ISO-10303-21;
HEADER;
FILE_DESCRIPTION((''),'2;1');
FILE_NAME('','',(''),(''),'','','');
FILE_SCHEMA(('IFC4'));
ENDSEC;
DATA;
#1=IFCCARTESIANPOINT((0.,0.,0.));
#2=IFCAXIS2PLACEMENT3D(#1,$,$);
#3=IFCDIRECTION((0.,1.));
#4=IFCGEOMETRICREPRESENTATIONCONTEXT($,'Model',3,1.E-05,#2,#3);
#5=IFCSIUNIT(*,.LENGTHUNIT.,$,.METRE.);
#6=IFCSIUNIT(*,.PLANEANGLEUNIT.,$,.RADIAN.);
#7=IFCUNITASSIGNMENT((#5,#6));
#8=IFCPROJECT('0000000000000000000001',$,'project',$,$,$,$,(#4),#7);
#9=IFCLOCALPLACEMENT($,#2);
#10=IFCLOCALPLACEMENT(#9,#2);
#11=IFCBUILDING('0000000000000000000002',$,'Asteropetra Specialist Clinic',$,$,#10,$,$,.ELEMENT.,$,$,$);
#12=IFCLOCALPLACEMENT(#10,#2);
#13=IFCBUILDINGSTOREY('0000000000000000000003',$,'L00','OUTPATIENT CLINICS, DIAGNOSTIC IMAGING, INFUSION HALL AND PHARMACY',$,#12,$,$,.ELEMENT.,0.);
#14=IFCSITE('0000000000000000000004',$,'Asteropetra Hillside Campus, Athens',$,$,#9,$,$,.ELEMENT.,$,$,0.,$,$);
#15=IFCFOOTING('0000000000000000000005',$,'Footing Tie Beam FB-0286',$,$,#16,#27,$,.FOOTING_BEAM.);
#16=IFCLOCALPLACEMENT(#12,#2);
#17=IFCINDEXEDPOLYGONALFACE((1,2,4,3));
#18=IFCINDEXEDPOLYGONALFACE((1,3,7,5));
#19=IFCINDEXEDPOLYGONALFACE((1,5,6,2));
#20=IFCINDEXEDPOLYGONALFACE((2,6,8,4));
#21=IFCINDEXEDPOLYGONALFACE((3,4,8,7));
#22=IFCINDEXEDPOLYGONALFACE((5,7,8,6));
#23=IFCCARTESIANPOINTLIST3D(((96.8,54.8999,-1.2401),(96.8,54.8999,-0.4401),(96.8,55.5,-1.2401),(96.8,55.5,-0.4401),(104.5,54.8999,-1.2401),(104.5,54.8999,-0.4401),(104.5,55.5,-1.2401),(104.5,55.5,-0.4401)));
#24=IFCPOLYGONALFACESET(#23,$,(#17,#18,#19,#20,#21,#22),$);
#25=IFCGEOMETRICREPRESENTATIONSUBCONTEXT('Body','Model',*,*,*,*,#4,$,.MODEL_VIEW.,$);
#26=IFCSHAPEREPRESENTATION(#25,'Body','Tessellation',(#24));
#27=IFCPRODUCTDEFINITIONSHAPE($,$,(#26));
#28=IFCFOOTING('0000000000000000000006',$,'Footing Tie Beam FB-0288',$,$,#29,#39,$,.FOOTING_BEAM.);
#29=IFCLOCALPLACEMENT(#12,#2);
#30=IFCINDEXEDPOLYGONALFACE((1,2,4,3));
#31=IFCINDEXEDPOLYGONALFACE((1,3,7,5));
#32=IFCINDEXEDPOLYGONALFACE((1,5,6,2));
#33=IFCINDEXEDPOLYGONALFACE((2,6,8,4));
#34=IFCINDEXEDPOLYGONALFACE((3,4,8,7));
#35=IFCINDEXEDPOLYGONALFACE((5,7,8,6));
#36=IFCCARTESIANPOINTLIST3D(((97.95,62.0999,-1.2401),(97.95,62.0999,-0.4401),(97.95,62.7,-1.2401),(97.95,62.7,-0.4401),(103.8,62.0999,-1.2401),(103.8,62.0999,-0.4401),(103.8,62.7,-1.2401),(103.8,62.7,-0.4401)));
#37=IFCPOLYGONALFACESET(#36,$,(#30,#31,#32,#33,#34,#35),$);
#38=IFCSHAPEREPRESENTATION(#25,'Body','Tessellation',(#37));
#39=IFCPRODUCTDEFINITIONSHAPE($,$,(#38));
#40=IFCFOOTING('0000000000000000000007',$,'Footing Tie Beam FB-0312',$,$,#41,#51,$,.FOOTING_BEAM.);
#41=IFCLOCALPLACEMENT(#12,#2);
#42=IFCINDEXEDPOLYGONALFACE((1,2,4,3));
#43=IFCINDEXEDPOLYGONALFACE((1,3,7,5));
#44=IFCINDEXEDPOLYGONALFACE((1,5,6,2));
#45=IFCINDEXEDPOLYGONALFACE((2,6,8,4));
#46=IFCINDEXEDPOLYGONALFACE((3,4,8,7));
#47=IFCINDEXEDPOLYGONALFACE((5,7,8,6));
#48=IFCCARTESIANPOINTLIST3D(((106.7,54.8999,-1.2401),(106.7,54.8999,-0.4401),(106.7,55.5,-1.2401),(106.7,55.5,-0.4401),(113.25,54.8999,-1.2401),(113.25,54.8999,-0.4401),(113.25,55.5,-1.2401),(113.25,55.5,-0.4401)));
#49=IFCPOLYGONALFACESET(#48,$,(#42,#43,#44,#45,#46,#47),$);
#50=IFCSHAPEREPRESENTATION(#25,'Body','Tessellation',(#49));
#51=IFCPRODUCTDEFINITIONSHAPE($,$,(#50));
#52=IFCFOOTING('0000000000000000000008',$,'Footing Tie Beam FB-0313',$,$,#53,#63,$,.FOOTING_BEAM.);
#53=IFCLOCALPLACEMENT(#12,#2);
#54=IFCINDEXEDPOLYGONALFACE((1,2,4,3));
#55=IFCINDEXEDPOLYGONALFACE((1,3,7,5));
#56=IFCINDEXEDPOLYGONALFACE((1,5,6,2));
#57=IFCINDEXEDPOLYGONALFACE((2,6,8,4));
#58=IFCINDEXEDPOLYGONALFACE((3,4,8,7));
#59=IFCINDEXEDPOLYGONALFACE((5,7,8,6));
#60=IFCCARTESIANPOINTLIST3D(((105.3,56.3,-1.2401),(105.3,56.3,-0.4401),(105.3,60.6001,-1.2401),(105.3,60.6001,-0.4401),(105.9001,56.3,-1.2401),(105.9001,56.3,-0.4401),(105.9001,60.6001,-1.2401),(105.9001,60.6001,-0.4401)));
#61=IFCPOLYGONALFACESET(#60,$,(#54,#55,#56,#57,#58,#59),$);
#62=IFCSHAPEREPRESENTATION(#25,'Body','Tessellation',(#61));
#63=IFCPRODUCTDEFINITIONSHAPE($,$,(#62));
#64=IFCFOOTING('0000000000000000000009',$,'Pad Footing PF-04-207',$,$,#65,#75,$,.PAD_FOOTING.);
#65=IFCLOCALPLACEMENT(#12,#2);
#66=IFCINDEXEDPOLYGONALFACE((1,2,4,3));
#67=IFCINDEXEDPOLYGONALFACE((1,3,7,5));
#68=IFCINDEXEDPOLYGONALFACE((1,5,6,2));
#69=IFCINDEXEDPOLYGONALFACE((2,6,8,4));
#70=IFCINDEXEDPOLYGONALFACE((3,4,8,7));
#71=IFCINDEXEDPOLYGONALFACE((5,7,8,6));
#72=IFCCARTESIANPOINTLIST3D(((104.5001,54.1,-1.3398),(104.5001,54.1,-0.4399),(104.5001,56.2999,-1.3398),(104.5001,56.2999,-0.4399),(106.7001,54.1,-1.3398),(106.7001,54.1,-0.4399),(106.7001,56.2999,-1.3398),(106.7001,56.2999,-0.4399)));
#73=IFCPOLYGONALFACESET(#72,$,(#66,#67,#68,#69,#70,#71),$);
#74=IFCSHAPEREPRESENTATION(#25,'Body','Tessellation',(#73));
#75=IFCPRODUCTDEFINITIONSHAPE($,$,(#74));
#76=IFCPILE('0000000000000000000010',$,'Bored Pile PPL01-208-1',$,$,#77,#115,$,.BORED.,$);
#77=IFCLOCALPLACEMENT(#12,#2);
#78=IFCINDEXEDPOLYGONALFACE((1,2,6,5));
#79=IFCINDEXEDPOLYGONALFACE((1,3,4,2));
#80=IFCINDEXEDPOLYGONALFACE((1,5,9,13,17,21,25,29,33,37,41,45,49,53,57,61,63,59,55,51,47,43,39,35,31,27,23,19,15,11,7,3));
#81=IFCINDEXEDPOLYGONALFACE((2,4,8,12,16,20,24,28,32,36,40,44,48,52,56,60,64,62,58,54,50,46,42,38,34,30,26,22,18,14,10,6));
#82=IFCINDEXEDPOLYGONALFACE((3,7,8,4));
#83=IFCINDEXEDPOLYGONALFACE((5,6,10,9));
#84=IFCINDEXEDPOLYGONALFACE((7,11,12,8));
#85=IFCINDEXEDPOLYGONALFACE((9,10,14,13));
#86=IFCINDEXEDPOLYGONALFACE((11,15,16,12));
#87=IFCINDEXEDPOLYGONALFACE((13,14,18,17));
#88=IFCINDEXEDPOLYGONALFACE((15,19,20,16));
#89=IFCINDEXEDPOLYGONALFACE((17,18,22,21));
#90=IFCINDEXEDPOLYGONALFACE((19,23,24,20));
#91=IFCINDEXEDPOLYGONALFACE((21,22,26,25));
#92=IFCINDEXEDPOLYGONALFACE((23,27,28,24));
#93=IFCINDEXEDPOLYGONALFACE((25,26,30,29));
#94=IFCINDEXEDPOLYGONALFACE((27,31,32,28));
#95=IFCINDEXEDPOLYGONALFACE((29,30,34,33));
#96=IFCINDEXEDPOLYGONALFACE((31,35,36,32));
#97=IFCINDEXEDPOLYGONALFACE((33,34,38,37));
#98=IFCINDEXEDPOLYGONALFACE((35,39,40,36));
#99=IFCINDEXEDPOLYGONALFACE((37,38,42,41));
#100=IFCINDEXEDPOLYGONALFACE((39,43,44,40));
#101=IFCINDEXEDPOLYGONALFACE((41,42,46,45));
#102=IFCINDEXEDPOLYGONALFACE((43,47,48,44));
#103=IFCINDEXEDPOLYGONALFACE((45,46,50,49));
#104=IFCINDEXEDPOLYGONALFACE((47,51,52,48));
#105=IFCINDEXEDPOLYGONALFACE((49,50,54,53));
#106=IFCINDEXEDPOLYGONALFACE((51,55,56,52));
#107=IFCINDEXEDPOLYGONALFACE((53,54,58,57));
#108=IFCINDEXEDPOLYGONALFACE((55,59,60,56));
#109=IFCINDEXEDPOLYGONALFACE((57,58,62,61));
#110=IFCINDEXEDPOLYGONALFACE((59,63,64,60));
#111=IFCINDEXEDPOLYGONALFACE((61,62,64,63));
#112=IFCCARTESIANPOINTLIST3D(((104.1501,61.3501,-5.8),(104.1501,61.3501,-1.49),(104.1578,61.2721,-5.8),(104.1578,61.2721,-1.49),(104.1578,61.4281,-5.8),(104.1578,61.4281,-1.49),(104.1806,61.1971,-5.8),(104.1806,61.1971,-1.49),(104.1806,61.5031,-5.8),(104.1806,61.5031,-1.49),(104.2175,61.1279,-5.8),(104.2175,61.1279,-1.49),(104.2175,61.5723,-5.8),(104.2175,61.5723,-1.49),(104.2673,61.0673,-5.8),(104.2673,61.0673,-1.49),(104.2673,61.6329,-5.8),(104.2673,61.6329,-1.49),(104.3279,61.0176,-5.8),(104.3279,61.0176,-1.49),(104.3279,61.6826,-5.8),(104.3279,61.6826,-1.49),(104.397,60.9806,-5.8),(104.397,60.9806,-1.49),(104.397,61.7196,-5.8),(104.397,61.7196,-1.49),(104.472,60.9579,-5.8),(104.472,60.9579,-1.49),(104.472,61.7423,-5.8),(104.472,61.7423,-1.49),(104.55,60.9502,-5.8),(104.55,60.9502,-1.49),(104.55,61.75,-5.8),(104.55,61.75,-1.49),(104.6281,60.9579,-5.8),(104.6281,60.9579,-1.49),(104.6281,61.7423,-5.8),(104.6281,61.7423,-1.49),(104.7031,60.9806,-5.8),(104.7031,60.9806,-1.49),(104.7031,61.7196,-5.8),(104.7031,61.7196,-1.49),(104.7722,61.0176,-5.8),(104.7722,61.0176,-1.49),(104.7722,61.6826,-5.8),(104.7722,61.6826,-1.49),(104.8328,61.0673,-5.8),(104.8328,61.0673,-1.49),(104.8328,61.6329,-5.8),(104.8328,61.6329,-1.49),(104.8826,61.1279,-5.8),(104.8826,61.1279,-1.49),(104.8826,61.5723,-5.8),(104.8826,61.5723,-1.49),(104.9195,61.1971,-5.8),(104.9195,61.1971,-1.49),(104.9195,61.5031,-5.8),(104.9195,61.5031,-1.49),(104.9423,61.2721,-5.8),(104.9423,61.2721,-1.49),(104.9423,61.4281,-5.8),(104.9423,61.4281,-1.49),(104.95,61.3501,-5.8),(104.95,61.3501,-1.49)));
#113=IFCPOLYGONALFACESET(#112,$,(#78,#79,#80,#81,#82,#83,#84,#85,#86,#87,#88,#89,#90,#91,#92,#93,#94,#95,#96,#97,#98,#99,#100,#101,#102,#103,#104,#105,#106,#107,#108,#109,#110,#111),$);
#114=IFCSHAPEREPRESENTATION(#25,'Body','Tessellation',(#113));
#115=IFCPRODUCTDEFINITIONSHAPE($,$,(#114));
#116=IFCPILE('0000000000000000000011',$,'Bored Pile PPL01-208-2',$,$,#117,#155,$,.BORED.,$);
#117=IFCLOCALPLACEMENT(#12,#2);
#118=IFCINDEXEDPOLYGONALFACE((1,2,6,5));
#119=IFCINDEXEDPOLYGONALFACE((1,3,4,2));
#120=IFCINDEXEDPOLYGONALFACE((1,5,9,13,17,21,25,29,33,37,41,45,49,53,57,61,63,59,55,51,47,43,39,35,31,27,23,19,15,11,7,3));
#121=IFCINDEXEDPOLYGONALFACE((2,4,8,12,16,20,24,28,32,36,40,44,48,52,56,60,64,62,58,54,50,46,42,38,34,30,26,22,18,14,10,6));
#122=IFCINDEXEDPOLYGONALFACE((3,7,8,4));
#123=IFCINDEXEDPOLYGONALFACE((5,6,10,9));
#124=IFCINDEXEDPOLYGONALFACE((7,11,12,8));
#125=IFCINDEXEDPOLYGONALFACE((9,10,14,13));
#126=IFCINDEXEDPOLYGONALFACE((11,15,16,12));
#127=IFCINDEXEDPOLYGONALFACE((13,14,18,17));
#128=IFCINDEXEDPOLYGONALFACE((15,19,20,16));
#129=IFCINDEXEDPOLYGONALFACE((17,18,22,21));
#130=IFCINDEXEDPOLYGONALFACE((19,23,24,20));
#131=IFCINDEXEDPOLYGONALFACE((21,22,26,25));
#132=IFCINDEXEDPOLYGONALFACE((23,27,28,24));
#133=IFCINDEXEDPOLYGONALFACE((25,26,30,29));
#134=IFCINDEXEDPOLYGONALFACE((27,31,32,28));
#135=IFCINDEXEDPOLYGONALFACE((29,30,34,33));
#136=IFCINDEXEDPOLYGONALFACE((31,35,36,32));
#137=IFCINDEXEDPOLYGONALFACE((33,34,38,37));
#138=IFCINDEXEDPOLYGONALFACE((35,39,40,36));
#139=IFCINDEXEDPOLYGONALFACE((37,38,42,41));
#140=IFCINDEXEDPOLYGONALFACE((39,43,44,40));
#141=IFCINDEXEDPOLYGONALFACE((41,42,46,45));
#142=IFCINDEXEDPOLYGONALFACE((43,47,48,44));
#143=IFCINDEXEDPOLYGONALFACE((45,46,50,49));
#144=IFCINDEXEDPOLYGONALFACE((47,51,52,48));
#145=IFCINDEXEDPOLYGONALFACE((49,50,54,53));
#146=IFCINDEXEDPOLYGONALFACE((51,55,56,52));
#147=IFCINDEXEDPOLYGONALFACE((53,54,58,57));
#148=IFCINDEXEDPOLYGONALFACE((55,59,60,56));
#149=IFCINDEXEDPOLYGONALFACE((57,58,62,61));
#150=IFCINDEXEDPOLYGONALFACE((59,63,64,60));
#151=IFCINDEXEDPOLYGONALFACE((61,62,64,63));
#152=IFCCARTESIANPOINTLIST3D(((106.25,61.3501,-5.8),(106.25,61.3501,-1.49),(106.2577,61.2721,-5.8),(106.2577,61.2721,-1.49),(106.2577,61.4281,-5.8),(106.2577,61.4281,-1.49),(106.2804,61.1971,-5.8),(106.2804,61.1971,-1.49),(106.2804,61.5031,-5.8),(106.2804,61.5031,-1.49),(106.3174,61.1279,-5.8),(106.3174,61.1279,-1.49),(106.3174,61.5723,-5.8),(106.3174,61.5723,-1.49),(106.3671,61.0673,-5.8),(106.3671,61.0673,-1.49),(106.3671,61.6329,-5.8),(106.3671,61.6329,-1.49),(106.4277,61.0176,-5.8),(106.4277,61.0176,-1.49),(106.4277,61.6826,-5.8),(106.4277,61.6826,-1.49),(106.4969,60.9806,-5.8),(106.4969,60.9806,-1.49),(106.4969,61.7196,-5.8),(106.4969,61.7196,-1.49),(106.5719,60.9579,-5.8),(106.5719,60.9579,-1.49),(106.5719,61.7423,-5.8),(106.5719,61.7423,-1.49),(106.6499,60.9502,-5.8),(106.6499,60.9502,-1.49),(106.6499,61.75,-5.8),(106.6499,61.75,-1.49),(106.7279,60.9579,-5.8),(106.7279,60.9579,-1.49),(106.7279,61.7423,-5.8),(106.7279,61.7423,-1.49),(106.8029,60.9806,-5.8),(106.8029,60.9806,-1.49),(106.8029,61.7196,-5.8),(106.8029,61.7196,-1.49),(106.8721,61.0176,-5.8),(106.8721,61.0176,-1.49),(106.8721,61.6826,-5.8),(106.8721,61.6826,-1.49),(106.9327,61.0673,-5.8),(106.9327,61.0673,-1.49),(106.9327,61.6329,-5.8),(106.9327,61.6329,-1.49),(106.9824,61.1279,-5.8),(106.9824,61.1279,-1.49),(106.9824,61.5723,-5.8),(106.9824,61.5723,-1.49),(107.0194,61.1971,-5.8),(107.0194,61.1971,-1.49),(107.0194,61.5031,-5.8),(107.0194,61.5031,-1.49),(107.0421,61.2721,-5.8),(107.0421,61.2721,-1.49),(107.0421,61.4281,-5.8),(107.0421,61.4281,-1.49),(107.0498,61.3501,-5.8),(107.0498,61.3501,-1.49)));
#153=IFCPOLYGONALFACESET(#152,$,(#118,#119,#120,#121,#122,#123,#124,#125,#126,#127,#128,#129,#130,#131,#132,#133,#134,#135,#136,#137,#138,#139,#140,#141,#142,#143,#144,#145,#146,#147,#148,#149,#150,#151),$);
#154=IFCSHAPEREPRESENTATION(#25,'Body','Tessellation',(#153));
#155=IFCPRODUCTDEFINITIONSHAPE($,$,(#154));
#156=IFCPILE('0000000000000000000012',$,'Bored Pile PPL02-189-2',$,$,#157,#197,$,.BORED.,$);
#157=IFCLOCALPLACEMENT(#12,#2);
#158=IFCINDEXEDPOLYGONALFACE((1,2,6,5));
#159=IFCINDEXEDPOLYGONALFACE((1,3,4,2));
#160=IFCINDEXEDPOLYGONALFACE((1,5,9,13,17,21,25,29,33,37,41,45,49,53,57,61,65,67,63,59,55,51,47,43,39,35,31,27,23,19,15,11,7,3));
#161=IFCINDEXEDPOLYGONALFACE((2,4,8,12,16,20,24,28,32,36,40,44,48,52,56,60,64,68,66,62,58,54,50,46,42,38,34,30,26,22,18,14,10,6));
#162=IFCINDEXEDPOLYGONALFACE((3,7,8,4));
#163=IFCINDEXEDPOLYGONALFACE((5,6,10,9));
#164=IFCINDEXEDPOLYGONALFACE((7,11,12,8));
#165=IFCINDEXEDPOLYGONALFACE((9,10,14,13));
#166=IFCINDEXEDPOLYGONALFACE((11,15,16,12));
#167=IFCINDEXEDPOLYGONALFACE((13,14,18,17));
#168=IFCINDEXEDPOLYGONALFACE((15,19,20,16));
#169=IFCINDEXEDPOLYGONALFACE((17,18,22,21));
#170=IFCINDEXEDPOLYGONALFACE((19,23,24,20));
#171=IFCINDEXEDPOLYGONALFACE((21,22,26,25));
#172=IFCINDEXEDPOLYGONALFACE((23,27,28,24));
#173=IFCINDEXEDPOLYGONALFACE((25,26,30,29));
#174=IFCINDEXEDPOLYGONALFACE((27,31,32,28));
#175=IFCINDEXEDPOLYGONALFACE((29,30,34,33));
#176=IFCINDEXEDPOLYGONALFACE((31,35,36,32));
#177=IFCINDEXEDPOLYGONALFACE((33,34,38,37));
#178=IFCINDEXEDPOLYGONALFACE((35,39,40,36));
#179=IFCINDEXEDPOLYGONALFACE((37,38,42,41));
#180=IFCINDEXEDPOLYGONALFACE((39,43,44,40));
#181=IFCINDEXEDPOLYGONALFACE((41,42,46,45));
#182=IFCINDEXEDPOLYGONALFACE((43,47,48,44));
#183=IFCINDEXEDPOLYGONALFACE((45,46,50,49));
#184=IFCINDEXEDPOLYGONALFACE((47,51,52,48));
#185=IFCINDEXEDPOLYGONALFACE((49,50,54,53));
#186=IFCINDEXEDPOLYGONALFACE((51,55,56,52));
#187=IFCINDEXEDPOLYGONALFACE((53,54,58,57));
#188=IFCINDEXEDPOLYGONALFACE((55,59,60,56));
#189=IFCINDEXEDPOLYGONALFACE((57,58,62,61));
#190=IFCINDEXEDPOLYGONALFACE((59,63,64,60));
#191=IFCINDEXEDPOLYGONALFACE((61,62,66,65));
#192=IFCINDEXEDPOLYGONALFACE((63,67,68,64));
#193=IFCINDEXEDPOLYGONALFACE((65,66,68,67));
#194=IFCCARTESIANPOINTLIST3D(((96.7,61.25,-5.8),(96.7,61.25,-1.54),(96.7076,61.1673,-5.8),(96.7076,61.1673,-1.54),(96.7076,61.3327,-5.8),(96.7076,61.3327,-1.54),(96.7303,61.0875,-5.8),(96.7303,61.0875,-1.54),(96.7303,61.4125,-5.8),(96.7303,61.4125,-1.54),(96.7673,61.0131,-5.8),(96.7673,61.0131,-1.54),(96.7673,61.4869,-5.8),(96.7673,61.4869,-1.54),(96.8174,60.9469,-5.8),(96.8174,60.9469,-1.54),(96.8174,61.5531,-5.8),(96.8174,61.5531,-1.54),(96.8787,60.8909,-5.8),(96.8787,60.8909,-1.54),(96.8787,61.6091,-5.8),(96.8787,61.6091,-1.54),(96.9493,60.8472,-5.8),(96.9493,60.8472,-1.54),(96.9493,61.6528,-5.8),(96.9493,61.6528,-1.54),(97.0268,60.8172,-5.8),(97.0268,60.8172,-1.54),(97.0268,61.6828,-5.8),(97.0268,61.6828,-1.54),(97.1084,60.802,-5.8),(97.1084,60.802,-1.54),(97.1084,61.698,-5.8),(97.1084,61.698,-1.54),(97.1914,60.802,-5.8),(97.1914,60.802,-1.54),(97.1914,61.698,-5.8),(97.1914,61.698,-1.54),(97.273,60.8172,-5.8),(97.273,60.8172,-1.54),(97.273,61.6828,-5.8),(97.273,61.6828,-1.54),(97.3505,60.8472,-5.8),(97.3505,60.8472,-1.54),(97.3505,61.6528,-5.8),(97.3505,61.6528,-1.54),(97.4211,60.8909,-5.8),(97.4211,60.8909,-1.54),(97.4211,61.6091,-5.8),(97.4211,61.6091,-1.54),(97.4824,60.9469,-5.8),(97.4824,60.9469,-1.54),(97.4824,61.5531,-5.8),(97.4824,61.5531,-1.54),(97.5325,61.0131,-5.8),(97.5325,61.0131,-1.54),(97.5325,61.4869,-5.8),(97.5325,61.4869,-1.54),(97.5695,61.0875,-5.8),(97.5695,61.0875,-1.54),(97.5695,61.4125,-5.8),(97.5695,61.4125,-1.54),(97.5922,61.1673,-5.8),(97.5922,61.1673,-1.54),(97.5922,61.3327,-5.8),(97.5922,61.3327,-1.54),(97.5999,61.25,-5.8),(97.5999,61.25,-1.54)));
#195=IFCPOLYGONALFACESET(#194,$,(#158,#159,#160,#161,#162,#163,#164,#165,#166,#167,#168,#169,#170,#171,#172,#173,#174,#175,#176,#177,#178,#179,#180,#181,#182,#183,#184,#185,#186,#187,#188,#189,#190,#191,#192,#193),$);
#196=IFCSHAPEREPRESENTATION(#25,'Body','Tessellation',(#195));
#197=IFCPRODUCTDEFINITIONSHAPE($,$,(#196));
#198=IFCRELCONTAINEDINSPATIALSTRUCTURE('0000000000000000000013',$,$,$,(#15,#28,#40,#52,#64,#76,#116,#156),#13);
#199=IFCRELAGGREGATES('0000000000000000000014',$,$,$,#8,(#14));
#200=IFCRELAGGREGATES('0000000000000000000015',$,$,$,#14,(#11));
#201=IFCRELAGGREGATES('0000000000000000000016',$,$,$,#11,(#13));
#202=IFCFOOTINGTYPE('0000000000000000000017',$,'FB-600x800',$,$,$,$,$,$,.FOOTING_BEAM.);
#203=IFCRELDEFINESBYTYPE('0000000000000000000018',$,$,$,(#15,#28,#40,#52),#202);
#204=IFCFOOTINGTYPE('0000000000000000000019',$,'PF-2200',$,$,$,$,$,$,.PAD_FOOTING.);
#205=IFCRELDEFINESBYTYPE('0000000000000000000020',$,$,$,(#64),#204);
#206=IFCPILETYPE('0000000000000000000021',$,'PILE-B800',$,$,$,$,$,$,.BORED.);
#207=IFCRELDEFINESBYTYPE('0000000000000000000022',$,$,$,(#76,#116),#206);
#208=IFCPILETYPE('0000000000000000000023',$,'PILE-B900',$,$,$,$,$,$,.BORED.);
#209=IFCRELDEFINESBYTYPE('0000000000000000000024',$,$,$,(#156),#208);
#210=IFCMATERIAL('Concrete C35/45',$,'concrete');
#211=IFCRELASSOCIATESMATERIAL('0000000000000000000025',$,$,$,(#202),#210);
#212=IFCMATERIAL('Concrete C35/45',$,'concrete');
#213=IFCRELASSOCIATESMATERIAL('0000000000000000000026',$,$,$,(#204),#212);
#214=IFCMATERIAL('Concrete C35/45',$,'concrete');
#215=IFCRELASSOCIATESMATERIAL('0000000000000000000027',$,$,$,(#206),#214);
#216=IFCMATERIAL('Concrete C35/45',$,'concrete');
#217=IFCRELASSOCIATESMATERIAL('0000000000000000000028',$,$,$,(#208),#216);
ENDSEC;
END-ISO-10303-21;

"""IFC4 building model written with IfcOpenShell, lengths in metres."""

from ifc_helpers import new_model, si_unit, direction, frame, origin, origin_2d, place, context, subcontext, project, spatial, rectangle, circle, extrude, material, material_profile, profile_set, type_object, element, save


model = new_model("IFC4")

# Units and contexts
model_context = context("Model", 3, precision=1e-05, world=origin(), true_north=direction((0.0, 1.0)))
body_context = subcontext(model_context, "Body", "Model", "MODEL_VIEW")
ifc_project = project(units=[si_unit("LENGTHUNIT", "METRE"), si_unit("PLANEANGLEUNIT", "RADIAN")], contexts=[model_context])

# Site, building, storey
site_placement = place(None, origin())
site = spatial("IfcSite", under=ifc_project, at=site_placement, Name="Asteropetra Hillside Campus, Athens", CompositionType="ELEMENT", RefElevation=0.0)
building_placement = place(site_placement, origin())
building = spatial("IfcBuilding", under=site, at=building_placement, Name="Asteropetra Specialist Clinic", CompositionType="ELEMENT")
storey_placement = place(building_placement, origin())
storey = spatial("IfcBuildingStorey", under=building, at=storey_placement, Name="L00", Description="OUTPATIENT CLINICS, DIAGNOSTIC IMAGING, INFUSION HALL AND PHARMACY", CompositionType="ELEMENT", Elevation=0.0)

# Footings
ifc_material_1 = material(Name="Concrete C35/45", Category="concrete")
ifc_material_profile_1 = material_profile(ifc_material_1, rectangle(XDim=0.6001, YDim=0.8, at=origin_2d()), Name="FB 600x800")
ifc_profile_set_1 = profile_set([ifc_material_profile_1], Name="Concrete C35/45")
footing_type_1 = type_object("IfcFootingType", Name="FB-600x800", PredefinedType="FOOTING_BEAM", material=ifc_profile_set_1)
footing_1_placement = place(storey_placement, frame((96.8, 55.2, -0.8401), z_axis=(1.0, 0.0, 0.0), x_axis=(0.0, 1.0, 0.0)))
element("IfcFooting", 1, at=footing_1_placement, inside=storey, type_object=footing_type_1, Name="Footing Tie Beam FB-0286", PredefinedType="FOOTING_BEAM", context=body_context, shape_type="SweptSolid", body=[
    extrude(rectangle(XDim=0.6001, YDim=0.8, at=origin_2d()), origin(), (0.0, 0.0, 1.0), 7.7),
])
footing_2_placement = place(storey_placement, frame((97.95, 62.3999, -0.8401), z_axis=(1.0, 0.0, 0.0), x_axis=(0.0, 1.0, 0.0)))
element("IfcFooting", 2, at=footing_2_placement, inside=storey, type_object=footing_type_1, Name="Footing Tie Beam FB-0288", PredefinedType="FOOTING_BEAM", context=body_context, shape_type="SweptSolid", body=[
    extrude(rectangle(XDim=0.6001, YDim=0.8, at=origin_2d()), origin(), (0.0, 0.0, 1.0), 5.8501),
])
footing_3_placement = place(storey_placement, frame((106.7, 55.2, -0.8401), z_axis=(1.0, 0.0, 0.0), x_axis=(0.0, 1.0, 0.0)))
element("IfcFooting", 3, at=footing_3_placement, inside=storey, type_object=footing_type_1, Name="Footing Tie Beam FB-0312", PredefinedType="FOOTING_BEAM", context=body_context, shape_type="SweptSolid", body=[
    extrude(rectangle(XDim=0.6001, YDim=0.8, at=origin_2d()), origin(), (0.0, 0.0, 1.0), 6.55),
])
footing_4_placement = place(storey_placement, frame((105.6001, 56.3, -0.8401), z_axis=(0.0, 1.0, 0.0), x_axis=(-1.0, 0.0, 0.0)))
element("IfcFooting", 4, at=footing_4_placement, inside=storey, type_object=footing_type_1, Name="Footing Tie Beam FB-0313", PredefinedType="FOOTING_BEAM", context=body_context, shape_type="SweptSolid", body=[
    extrude(rectangle(XDim=0.6001, YDim=0.8, at=origin_2d()), origin(), (0.0, 0.0, 1.0), 4.3),
])
ifc_material_2 = material(Name="Concrete C35/45", Category="concrete")
footing_type_2 = type_object("IfcFootingType", Name="PF-2200", PredefinedType="PAD_FOOTING", material=ifc_material_2)
footing_5_placement = place(storey_placement, frame((105.6001, 55.2, -1.3398), z_axis=(0.0, 0.0, 1.0), x_axis=(1.0, 0.0, 0.0)))
element("IfcFooting", 5, at=footing_5_placement, inside=storey, type_object=footing_type_2, Name="Pad Footing PF-04-207", PredefinedType="PAD_FOOTING", context=body_context, shape_type="SweptSolid", body=[
    extrude(rectangle(XDim=2.2, YDim=2.2, at=origin_2d()), origin(), (0.0, 0.0, 1.0), 0.8999),
])

# Piles
ifc_material_3 = material(Name="Concrete C35/45", Category="concrete")
ifc_material_profile_2 = material_profile(ifc_material_3, circle(Radius=0.3999, at=origin_2d()), Name="PILE D800")
ifc_profile_set_2 = profile_set([ifc_material_profile_2], Name="Concrete C35/45")
pile_type_1 = type_object("IfcPileType", Name="PILE-B800", PredefinedType="BORED", material=ifc_profile_set_2)
for number, where, z_axis, x_axis, name in (
    (6, (104.55, 61.3501, -1.49), (0.0, 0.0, -1.0), (1.0, 0.0, 0.0), "Bored Pile PPL01-208-1"),
    (7, (106.6499, 61.3501, -1.49), (0.0, 0.0, -1.0), (1.0, 0.0, 0.0), "Bored Pile PPL01-208-2"),
):
    element("IfcPile", number, at=place(storey_placement, frame(where, z_axis=z_axis, x_axis=x_axis)), inside=storey, type_object=pile_type_1, Name=name, PredefinedType="BORED", context=body_context, shape_type="SweptSolid", body=[
        extrude(circle(Radius=0.3999, at=origin_2d()), origin(), (0.0, 0.0, 1.0), 4.3101),
    ])
ifc_material_4 = material(Name="Concrete C35/45", Category="concrete")
ifc_material_profile_3 = material_profile(ifc_material_4, circle(Radius=0.45, at=origin_2d()), Name="PILE D900")
ifc_profile_set_3 = profile_set([ifc_material_profile_3], Name="Concrete C35/45")
pile_type_2 = type_object("IfcPileType", Name="PILE-B900", PredefinedType="BORED", material=ifc_profile_set_3)
for number, where, z_axis, x_axis, name in (
    (8, (97.1499, 61.25, -1.54), (0.0, 0.0, -1.0), (1.0, 0.0, 0.0), "Bored Pile PPL02-189-2"),
):
    element("IfcPile", number, at=place(storey_placement, frame(where, z_axis=z_axis, x_axis=x_axis)), inside=storey, type_object=pile_type_2, Name=name, PredefinedType="BORED", context=body_context, shape_type="SweptSolid", body=[
        extrude(circle(Radius=0.45, at=origin_2d()), origin(), (0.0, 0.0, 1.0), 4.26),
    ])

save(model, "model.ifc")
